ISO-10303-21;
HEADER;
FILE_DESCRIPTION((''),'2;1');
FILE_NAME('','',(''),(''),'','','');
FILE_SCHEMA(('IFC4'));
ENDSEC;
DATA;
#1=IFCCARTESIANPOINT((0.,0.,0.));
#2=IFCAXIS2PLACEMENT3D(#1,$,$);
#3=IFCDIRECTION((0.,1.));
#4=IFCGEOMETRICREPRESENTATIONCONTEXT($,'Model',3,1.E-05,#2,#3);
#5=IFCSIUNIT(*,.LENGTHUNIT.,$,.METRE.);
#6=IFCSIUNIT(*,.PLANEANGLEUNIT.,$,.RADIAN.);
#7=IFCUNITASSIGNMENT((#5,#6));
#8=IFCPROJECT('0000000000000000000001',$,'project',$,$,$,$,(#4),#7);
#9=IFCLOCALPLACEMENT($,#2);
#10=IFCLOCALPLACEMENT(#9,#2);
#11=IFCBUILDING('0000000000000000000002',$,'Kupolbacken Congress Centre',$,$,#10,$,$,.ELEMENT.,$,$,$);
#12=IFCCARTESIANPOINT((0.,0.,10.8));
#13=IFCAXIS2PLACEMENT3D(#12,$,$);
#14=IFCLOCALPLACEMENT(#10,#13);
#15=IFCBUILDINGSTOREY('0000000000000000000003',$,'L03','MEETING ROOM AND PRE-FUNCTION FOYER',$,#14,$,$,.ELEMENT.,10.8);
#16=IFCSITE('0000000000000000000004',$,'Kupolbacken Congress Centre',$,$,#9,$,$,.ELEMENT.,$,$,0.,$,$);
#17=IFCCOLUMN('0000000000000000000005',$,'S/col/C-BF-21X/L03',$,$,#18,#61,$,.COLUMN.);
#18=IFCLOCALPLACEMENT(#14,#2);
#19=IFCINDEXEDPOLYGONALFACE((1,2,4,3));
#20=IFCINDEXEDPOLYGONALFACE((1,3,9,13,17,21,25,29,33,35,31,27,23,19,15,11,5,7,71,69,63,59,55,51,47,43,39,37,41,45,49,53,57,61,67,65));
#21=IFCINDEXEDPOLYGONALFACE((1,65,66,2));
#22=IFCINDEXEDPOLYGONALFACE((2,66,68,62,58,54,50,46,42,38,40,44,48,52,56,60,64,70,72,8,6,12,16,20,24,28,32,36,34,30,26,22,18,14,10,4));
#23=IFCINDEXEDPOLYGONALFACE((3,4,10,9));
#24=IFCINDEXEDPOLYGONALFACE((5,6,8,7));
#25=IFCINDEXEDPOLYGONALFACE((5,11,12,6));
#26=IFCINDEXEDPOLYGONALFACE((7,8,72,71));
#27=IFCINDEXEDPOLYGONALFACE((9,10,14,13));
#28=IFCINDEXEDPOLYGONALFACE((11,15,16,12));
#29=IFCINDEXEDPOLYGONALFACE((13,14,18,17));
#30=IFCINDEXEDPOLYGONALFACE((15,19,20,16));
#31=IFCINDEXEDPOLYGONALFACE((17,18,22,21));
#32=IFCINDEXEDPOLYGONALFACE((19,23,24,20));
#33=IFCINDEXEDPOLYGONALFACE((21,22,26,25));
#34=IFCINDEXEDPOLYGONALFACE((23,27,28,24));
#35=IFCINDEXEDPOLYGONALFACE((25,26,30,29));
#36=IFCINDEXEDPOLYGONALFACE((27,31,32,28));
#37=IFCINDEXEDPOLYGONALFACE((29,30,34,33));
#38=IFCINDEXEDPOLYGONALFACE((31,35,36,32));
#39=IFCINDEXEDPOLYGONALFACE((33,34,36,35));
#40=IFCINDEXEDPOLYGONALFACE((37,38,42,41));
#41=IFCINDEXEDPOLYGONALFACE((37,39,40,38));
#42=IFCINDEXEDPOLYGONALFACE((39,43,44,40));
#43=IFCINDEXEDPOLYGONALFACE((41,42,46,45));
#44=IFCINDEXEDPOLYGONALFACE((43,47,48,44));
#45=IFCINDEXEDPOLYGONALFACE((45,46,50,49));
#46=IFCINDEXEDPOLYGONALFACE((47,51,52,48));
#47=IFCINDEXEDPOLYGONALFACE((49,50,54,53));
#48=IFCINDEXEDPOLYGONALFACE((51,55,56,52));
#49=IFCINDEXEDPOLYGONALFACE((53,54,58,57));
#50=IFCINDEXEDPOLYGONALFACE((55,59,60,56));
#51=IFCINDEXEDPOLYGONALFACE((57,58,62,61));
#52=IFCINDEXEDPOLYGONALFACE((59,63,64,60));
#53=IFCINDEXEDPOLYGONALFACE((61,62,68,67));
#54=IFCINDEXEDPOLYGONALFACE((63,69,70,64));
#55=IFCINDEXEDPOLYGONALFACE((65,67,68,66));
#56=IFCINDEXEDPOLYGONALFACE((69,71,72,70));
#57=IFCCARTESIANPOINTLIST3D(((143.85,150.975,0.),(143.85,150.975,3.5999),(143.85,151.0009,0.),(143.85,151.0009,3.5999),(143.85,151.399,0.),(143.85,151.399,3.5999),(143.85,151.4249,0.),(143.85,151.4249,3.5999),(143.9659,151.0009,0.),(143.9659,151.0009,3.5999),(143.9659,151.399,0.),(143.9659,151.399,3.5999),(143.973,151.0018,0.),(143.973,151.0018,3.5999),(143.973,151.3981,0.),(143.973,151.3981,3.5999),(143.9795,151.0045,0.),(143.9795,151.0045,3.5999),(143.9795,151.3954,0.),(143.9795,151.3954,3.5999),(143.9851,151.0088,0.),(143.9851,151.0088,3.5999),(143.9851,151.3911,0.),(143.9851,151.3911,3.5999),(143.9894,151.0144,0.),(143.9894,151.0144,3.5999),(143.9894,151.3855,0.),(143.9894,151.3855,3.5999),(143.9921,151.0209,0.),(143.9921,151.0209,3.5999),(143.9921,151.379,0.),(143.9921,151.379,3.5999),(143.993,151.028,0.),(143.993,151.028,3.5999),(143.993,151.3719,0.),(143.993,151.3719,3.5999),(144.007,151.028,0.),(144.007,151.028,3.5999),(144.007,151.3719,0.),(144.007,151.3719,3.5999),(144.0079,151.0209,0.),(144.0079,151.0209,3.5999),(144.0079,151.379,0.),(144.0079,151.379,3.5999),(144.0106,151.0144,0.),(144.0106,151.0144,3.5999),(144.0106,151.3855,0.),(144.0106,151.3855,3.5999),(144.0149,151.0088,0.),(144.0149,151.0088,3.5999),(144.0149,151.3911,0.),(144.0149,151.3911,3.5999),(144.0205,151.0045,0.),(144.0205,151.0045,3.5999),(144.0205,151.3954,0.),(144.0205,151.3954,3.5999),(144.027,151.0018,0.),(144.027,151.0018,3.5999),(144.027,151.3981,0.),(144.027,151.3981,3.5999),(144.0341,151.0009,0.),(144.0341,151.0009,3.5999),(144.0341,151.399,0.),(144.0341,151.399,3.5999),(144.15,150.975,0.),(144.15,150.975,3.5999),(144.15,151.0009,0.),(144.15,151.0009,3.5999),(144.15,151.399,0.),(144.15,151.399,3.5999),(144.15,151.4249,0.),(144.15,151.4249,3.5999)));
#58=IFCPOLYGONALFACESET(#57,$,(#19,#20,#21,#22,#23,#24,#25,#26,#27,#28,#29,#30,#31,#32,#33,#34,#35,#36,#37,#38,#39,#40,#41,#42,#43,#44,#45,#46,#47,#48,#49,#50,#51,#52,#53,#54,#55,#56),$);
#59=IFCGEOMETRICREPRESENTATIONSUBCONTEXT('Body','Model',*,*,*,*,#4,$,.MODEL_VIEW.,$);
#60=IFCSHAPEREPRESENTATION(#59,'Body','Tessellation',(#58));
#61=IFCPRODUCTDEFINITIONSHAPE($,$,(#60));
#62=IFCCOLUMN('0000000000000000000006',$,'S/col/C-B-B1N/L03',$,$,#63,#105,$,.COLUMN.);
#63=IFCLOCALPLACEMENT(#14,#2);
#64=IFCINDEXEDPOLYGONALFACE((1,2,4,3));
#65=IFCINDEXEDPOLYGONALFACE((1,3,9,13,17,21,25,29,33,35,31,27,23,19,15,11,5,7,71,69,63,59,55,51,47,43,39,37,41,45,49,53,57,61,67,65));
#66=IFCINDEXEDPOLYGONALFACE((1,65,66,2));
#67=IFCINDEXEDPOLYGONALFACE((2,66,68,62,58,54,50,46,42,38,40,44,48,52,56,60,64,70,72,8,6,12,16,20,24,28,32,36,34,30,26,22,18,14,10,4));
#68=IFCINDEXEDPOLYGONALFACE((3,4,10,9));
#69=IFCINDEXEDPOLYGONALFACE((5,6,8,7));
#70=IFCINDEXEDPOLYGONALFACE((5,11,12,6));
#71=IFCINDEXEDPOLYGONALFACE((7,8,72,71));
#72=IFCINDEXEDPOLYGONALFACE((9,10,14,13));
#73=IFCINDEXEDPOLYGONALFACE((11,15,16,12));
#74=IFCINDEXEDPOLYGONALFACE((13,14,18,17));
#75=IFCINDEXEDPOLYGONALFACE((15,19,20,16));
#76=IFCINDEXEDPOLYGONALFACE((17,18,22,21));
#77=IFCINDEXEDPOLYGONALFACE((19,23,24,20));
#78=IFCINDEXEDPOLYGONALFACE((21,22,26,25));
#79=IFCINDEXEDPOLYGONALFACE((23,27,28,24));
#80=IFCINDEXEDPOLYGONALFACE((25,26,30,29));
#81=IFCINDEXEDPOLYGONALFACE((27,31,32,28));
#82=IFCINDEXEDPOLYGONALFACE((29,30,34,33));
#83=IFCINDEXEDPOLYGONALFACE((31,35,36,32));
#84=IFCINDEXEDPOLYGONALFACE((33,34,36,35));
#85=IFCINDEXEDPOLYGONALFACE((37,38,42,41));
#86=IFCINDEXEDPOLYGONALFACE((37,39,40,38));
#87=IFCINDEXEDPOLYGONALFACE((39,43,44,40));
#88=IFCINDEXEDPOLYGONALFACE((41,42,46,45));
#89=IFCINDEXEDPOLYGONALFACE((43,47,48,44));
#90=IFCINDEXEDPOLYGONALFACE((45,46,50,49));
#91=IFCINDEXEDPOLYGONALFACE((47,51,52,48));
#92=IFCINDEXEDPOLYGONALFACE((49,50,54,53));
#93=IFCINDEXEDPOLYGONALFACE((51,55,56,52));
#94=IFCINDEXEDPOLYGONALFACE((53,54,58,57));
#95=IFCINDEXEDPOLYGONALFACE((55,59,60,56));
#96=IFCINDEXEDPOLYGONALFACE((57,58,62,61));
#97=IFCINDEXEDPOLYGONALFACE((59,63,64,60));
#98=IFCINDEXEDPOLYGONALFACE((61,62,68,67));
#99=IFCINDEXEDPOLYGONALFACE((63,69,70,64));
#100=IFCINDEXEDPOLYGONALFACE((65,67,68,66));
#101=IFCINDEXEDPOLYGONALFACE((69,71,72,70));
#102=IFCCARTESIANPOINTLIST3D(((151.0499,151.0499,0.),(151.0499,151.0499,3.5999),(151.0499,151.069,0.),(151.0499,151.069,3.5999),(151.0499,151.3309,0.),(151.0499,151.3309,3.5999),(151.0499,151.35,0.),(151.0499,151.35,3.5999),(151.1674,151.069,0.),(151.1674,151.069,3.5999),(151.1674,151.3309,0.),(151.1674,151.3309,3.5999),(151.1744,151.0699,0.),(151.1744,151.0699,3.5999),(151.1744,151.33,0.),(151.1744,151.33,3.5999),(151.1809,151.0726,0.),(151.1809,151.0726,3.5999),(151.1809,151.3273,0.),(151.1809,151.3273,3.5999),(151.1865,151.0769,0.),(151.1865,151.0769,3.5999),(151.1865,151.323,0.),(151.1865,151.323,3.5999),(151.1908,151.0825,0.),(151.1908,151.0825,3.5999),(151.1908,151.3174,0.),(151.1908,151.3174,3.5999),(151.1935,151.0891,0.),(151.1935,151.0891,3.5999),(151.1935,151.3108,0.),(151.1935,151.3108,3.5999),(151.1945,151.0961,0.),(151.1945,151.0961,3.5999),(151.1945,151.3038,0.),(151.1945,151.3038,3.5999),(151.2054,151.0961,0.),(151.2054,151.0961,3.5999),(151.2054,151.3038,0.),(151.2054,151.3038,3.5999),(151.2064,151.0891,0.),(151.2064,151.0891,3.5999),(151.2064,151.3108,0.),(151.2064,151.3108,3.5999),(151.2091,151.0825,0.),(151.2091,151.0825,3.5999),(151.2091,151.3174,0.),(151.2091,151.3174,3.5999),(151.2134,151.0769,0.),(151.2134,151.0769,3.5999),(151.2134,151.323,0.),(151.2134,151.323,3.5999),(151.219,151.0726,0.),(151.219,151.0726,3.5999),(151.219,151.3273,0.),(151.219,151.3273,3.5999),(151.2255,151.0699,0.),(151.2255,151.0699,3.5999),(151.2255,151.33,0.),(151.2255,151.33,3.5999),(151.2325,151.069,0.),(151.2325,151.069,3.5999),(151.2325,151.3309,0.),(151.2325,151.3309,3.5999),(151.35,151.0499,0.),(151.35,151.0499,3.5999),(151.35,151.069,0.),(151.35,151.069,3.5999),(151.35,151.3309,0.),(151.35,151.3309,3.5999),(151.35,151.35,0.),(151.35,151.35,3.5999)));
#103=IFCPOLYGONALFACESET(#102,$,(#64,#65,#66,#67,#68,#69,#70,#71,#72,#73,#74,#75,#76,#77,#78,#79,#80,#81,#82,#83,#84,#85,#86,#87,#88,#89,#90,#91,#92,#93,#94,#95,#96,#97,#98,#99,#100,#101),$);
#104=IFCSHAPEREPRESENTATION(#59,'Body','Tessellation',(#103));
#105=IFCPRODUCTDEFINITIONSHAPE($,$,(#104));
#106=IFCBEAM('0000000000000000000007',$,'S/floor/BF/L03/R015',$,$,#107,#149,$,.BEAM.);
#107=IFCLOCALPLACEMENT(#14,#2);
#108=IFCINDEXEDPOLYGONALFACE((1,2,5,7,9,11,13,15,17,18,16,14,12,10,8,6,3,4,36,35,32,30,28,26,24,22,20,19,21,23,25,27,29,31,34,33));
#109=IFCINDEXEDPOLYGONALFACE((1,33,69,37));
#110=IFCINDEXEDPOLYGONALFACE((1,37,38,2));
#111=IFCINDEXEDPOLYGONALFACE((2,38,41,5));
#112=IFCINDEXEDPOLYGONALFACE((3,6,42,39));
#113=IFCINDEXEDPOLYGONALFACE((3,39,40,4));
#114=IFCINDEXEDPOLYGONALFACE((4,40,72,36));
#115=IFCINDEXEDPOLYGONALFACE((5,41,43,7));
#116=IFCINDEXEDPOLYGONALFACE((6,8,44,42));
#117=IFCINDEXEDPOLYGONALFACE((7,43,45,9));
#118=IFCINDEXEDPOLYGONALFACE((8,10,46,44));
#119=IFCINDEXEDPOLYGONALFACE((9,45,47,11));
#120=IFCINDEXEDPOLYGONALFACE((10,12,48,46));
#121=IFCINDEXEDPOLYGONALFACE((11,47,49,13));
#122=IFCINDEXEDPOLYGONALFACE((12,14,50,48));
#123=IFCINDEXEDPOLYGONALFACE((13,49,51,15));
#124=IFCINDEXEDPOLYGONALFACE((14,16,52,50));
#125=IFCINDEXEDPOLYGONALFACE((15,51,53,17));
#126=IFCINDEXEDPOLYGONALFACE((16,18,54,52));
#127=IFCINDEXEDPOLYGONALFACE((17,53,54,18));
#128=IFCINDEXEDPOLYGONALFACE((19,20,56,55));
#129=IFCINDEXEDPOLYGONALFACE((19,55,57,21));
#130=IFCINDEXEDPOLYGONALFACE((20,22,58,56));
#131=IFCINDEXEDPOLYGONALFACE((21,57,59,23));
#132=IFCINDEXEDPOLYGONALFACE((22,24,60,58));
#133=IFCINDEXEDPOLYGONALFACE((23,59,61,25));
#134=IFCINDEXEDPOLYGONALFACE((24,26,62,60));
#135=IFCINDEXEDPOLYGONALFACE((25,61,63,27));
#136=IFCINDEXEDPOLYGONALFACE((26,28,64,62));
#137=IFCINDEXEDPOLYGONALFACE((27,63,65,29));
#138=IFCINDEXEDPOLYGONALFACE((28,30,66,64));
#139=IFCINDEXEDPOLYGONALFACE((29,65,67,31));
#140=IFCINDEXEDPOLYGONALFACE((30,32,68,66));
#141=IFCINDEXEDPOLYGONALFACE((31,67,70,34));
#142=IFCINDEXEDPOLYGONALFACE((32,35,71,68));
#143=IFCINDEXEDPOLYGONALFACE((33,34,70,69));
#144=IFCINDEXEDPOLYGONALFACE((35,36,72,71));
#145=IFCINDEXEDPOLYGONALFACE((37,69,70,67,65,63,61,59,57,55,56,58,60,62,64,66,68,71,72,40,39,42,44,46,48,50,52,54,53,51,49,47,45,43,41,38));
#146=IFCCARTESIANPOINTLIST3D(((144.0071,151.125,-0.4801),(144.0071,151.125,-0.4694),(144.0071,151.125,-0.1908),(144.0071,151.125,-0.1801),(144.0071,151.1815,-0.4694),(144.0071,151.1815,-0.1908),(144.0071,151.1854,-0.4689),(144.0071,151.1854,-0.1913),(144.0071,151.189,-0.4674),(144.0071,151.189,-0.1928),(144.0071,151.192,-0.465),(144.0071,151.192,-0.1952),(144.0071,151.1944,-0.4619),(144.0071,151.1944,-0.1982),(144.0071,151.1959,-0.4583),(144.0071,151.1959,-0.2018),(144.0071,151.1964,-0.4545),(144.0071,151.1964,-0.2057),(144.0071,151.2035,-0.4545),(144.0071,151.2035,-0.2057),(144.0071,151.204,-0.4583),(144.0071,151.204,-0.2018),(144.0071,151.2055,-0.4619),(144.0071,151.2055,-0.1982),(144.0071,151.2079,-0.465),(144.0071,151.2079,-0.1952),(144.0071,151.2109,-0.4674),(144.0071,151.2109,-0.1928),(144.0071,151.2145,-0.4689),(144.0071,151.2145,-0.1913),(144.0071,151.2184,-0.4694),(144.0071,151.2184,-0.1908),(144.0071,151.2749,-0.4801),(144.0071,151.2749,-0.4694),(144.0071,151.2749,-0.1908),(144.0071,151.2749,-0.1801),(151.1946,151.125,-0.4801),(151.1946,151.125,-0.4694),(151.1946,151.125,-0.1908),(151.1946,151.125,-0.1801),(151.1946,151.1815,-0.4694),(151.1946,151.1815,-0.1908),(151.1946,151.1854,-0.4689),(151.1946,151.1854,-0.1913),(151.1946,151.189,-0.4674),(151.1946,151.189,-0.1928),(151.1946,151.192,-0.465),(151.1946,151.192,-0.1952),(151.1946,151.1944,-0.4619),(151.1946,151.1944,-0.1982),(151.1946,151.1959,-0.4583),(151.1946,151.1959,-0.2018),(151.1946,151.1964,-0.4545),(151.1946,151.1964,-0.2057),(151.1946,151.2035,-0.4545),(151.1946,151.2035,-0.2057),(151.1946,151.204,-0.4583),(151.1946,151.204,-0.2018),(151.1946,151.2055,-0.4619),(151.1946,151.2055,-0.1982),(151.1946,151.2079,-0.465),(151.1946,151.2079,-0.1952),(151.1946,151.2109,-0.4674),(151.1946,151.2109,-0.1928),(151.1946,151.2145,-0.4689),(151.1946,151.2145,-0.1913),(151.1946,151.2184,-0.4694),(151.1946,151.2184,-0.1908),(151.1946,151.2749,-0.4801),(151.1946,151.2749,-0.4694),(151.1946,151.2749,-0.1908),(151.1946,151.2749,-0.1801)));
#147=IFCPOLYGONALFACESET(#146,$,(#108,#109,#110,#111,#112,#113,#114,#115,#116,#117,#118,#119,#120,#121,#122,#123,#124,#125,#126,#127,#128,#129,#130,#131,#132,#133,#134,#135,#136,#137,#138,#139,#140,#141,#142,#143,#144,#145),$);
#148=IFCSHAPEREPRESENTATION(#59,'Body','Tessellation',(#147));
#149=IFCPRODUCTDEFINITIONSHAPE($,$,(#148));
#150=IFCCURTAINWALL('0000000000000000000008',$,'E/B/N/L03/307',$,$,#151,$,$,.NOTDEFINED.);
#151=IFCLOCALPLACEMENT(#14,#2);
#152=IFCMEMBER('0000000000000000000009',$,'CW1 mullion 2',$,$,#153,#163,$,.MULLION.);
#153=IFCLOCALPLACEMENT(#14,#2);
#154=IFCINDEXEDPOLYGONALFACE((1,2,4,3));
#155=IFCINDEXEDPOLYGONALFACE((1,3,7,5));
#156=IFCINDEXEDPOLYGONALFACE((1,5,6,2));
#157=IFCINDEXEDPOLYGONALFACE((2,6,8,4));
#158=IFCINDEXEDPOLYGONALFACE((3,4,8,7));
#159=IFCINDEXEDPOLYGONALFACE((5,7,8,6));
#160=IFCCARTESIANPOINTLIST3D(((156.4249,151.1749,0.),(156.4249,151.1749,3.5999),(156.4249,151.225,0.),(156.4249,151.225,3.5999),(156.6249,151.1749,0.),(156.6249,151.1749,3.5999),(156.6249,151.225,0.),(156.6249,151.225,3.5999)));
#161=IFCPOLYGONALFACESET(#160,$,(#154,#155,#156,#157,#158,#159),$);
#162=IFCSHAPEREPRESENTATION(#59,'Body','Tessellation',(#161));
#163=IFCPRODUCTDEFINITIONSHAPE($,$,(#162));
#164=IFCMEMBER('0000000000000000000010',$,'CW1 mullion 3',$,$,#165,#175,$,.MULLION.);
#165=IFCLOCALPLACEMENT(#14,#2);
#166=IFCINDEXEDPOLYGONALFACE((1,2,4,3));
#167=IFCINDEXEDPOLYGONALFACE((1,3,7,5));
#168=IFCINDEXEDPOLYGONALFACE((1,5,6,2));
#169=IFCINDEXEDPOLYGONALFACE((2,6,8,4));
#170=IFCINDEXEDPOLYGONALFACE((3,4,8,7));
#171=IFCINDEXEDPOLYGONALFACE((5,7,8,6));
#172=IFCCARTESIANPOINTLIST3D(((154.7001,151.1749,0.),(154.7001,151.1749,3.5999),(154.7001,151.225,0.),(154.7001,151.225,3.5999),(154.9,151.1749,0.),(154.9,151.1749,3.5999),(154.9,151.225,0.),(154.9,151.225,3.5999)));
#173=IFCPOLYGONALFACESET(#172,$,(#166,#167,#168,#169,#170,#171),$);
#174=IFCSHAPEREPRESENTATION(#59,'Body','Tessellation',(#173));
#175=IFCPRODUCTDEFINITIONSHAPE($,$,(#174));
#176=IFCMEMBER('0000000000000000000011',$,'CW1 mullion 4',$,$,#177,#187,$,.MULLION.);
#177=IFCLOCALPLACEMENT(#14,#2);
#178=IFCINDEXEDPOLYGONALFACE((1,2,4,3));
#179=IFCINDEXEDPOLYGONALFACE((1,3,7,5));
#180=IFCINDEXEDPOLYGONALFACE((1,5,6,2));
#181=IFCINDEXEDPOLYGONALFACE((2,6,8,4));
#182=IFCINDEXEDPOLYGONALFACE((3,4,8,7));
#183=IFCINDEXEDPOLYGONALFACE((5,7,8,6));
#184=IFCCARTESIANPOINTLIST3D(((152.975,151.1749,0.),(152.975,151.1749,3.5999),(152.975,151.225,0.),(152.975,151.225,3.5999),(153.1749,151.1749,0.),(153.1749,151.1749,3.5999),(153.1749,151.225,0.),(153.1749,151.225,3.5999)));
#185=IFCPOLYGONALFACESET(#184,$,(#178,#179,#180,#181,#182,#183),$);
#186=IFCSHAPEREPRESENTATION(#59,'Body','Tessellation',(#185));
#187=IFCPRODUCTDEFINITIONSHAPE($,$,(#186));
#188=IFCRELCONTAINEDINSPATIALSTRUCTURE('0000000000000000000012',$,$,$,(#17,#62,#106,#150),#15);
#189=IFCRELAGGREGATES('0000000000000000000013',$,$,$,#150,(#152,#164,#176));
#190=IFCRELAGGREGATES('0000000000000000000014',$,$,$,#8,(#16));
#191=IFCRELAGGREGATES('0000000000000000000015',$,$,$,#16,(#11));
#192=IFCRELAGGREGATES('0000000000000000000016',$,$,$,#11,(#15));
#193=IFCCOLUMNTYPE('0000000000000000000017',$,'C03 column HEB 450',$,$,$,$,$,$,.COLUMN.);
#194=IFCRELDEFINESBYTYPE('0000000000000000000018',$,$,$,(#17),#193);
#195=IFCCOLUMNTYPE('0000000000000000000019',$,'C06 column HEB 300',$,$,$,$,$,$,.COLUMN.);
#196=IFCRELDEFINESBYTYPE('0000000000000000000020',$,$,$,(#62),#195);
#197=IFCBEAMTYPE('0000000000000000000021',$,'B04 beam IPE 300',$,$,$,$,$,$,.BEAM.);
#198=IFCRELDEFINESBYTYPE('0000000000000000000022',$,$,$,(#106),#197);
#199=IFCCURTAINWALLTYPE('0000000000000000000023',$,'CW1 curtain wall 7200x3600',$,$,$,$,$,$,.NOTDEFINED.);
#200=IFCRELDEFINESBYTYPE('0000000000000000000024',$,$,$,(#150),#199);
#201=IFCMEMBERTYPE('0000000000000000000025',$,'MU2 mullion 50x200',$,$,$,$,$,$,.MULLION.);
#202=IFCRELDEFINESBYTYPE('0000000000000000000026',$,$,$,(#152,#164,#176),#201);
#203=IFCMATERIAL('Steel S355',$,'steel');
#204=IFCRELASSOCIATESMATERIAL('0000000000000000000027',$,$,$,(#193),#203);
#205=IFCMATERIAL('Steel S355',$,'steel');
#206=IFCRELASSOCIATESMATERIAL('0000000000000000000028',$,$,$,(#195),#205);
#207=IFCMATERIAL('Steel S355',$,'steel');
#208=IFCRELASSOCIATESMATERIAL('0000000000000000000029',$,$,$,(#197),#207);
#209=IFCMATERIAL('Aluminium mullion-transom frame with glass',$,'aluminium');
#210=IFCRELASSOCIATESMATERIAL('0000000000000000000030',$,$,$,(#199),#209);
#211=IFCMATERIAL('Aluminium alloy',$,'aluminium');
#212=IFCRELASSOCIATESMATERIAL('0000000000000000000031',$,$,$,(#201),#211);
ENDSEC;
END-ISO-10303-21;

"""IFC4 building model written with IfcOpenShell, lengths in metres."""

from ifc_helpers import new_model, si_unit, direction, frame, origin, origin_2d, place, context, subcontext, project, spatial, rectangle, i_section, extrude, material, material_profile, profile_set, type_object, element, aggregate, save


model = new_model("IFC4")

# Units and contexts
model_context = context("Model", 3, precision=1e-05, world=origin(), true_north=direction((0.0, 1.0)))
body_context = subcontext(model_context, "Body", "Model", "MODEL_VIEW")
ifc_project = project(units=[si_unit("LENGTHUNIT", "METRE"), si_unit("PLANEANGLEUNIT", "RADIAN")], contexts=[model_context])

# Site, building, storey
site_placement = place(None, origin())
site = spatial("IfcSite", under=ifc_project, at=site_placement, Name="Kupolbacken Congress Centre", CompositionType="ELEMENT", RefElevation=0.0)
building_placement = place(site_placement, origin())
building = spatial("IfcBuilding", under=site, at=building_placement, Name="Kupolbacken Congress Centre", CompositionType="ELEMENT")
storey_placement = place(building_placement, frame((0.0, 0.0, 10.8)))
storey = spatial("IfcBuildingStorey", under=building, at=storey_placement, Name="L03", Description="MEETING ROOM AND PRE-FUNCTION FOYER", CompositionType="ELEMENT", Elevation=10.8)

# Columns
ifc_material_1 = material(Name="Steel S355", Category="steel")
ifc_material_profile_1 = material_profile(ifc_material_1, i_section(OverallWidth=0.3, OverallDepth=0.45, WebThickness=0.0139, FlangeThickness=0.0259, FilletRadius=0.0271, at=origin_2d()), Name="HEB 450")
ifc_profile_set_1 = profile_set([ifc_material_profile_1], Name="Steel S355")
column_type_1 = type_object("IfcColumnType", Name="C03 column HEB 450", PredefinedType="COLUMN", material=ifc_profile_set_1)
column_1_placement = place(storey_placement, frame((144.0, 151.2, 0.0), z_axis=(0.0, 0.0, 1.0), x_axis=(1.0, 0.0, 0.0)))
element("IfcColumn", 1, at=column_1_placement, inside=storey, type_object=column_type_1, Name="S/col/C-BF-21X/L03", PredefinedType="COLUMN", context=body_context, shape_type="SweptSolid", body=[
    extrude(i_section(OverallWidth=0.3, OverallDepth=0.45, WebThickness=0.0139, FlangeThickness=0.0259, FilletRadius=0.0271, at=origin_2d()), origin(), (0.0, 0.0, 1.0), 3.5999),
])
ifc_material_2 = material(Name="Steel S355", Category="steel")
ifc_material_profile_2 = material_profile(ifc_material_2, i_section(OverallWidth=0.3, OverallDepth=0.3, WebThickness=0.011, FlangeThickness=0.019, FilletRadius=0.0271, at=origin_2d()), Name="HEB 300")
ifc_profile_set_2 = profile_set([ifc_material_profile_2], Name="Steel S355")
column_type_2 = type_object("IfcColumnType", Name="C06 column HEB 300", PredefinedType="COLUMN", material=ifc_profile_set_2)
column_2_placement = place(storey_placement, frame((151.2, 151.2, 0.0), z_axis=(0.0, 0.0, 1.0), x_axis=(1.0, 0.0, 0.0)))
element("IfcColumn", 2, at=column_2_placement, inside=storey, type_object=column_type_2, Name="S/col/C-B-B1N/L03", PredefinedType="COLUMN", context=body_context, shape_type="SweptSolid", body=[
    extrude(i_section(OverallWidth=0.3, OverallDepth=0.3, WebThickness=0.011, FlangeThickness=0.019, FilletRadius=0.0271, at=origin_2d()), origin(), (0.0, 0.0, 1.0), 3.5999),
])

# Beam
ifc_material_3 = material(Name="Steel S355", Category="steel")
ifc_material_profile_3 = material_profile(ifc_material_3, i_section(OverallWidth=0.1499, OverallDepth=0.3, WebThickness=0.0071, FlangeThickness=0.0107, FilletRadius=0.0149, at=origin_2d()), Name="IPE 300")
ifc_profile_set_3 = profile_set([ifc_material_profile_3], Name="Steel S355")
beam_type = type_object("IfcBeamType", Name="B04 beam IPE 300", PredefinedType="BEAM", material=ifc_profile_set_3)
beam_placement = place(storey_placement, frame((144.0071, 151.2, -0.3301), z_axis=(1.0, 0.0, 0.0), x_axis=(0.0, 1.0, 0.0)))
element("IfcBeam", 3, at=beam_placement, inside=storey, type_object=beam_type, Name="S/floor/BF/L03/R015", PredefinedType="BEAM", context=body_context, shape_type="SweptSolid", body=[
    extrude(i_section(OverallWidth=0.1499, OverallDepth=0.3, WebThickness=0.0071, FlangeThickness=0.0107, FilletRadius=0.0149, at=origin_2d()), origin(), (0.0, 0.0, 1.0), 7.1875),
])

# Curtain wall, members
ifc_material_4 = material(Name="Aluminium mullion-transom frame with glass", Category="aluminium")
curtain_wall_type = type_object("IfcCurtainWallType", Name="CW1 curtain wall 7200x3600", PredefinedType="NOTDEFINED", material=ifc_material_4)
curtain_wall_placement = place(storey_placement, origin())
curtain_wall = element("IfcCurtainWall", 4, at=curtain_wall_placement, inside=storey, type_object=curtain_wall_type, Name="E/B/N/L03/307", PredefinedType="NOTDEFINED")
ifc_material_5 = material(Name="Aluminium alloy", Category="aluminium")
ifc_material_profile_4 = material_profile(ifc_material_5, rectangle(XDim=0.05, YDim=0.2, at=origin_2d()), Name="50 x 200")
ifc_profile_set_4 = profile_set([ifc_material_profile_4], Name="Aluminium alloy")
member_type_1 = type_object("IfcMemberType", Name="MU2 mullion 50x200", PredefinedType="MULLION", material=ifc_profile_set_4)
member_1_placement = place(storey_placement, frame((156.5249, 151.2, 0.0), z_axis=(0.0, 0.0, 1.0), x_axis=(0.0, -1.0, 0.0)))
member_1 = element("IfcMember", 5, at=member_1_placement, type_object=member_type_1, Name="CW1 mullion 2", PredefinedType="MULLION", context=body_context, shape_type="SweptSolid", body=[
    extrude(rectangle(XDim=0.05, YDim=0.2, at=origin_2d()), origin(), (0.0, 0.0, 1.0), 3.5999),
])
member_2_placement = place(storey_placement, frame((154.8, 151.2, 0.0), z_axis=(0.0, 0.0, 1.0), x_axis=(0.0, -1.0, 0.0)))
member_2 = element("IfcMember", 6, at=member_2_placement, type_object=member_type_1, Name="CW1 mullion 3", PredefinedType="MULLION", context=body_context, shape_type="SweptSolid", body=[
    extrude(rectangle(XDim=0.05, YDim=0.2, at=origin_2d()), origin(), (0.0, 0.0, 1.0), 3.5999),
])
member_3_placement = place(storey_placement, frame((153.075, 151.2, 0.0), z_axis=(0.0, 0.0, 1.0), x_axis=(0.0, -1.0, 0.0)))
member_3 = element("IfcMember", 7, at=member_3_placement, type_object=member_type_1, Name="CW1 mullion 4", PredefinedType="MULLION", context=body_context, shape_type="SweptSolid", body=[
    extrude(rectangle(XDim=0.05, YDim=0.2, at=origin_2d()), origin(), (0.0, 0.0, 1.0), 3.5999),
])
aggregate(curtain_wall, [member_1, member_2, member_3])

save(model, "model.ifc")
